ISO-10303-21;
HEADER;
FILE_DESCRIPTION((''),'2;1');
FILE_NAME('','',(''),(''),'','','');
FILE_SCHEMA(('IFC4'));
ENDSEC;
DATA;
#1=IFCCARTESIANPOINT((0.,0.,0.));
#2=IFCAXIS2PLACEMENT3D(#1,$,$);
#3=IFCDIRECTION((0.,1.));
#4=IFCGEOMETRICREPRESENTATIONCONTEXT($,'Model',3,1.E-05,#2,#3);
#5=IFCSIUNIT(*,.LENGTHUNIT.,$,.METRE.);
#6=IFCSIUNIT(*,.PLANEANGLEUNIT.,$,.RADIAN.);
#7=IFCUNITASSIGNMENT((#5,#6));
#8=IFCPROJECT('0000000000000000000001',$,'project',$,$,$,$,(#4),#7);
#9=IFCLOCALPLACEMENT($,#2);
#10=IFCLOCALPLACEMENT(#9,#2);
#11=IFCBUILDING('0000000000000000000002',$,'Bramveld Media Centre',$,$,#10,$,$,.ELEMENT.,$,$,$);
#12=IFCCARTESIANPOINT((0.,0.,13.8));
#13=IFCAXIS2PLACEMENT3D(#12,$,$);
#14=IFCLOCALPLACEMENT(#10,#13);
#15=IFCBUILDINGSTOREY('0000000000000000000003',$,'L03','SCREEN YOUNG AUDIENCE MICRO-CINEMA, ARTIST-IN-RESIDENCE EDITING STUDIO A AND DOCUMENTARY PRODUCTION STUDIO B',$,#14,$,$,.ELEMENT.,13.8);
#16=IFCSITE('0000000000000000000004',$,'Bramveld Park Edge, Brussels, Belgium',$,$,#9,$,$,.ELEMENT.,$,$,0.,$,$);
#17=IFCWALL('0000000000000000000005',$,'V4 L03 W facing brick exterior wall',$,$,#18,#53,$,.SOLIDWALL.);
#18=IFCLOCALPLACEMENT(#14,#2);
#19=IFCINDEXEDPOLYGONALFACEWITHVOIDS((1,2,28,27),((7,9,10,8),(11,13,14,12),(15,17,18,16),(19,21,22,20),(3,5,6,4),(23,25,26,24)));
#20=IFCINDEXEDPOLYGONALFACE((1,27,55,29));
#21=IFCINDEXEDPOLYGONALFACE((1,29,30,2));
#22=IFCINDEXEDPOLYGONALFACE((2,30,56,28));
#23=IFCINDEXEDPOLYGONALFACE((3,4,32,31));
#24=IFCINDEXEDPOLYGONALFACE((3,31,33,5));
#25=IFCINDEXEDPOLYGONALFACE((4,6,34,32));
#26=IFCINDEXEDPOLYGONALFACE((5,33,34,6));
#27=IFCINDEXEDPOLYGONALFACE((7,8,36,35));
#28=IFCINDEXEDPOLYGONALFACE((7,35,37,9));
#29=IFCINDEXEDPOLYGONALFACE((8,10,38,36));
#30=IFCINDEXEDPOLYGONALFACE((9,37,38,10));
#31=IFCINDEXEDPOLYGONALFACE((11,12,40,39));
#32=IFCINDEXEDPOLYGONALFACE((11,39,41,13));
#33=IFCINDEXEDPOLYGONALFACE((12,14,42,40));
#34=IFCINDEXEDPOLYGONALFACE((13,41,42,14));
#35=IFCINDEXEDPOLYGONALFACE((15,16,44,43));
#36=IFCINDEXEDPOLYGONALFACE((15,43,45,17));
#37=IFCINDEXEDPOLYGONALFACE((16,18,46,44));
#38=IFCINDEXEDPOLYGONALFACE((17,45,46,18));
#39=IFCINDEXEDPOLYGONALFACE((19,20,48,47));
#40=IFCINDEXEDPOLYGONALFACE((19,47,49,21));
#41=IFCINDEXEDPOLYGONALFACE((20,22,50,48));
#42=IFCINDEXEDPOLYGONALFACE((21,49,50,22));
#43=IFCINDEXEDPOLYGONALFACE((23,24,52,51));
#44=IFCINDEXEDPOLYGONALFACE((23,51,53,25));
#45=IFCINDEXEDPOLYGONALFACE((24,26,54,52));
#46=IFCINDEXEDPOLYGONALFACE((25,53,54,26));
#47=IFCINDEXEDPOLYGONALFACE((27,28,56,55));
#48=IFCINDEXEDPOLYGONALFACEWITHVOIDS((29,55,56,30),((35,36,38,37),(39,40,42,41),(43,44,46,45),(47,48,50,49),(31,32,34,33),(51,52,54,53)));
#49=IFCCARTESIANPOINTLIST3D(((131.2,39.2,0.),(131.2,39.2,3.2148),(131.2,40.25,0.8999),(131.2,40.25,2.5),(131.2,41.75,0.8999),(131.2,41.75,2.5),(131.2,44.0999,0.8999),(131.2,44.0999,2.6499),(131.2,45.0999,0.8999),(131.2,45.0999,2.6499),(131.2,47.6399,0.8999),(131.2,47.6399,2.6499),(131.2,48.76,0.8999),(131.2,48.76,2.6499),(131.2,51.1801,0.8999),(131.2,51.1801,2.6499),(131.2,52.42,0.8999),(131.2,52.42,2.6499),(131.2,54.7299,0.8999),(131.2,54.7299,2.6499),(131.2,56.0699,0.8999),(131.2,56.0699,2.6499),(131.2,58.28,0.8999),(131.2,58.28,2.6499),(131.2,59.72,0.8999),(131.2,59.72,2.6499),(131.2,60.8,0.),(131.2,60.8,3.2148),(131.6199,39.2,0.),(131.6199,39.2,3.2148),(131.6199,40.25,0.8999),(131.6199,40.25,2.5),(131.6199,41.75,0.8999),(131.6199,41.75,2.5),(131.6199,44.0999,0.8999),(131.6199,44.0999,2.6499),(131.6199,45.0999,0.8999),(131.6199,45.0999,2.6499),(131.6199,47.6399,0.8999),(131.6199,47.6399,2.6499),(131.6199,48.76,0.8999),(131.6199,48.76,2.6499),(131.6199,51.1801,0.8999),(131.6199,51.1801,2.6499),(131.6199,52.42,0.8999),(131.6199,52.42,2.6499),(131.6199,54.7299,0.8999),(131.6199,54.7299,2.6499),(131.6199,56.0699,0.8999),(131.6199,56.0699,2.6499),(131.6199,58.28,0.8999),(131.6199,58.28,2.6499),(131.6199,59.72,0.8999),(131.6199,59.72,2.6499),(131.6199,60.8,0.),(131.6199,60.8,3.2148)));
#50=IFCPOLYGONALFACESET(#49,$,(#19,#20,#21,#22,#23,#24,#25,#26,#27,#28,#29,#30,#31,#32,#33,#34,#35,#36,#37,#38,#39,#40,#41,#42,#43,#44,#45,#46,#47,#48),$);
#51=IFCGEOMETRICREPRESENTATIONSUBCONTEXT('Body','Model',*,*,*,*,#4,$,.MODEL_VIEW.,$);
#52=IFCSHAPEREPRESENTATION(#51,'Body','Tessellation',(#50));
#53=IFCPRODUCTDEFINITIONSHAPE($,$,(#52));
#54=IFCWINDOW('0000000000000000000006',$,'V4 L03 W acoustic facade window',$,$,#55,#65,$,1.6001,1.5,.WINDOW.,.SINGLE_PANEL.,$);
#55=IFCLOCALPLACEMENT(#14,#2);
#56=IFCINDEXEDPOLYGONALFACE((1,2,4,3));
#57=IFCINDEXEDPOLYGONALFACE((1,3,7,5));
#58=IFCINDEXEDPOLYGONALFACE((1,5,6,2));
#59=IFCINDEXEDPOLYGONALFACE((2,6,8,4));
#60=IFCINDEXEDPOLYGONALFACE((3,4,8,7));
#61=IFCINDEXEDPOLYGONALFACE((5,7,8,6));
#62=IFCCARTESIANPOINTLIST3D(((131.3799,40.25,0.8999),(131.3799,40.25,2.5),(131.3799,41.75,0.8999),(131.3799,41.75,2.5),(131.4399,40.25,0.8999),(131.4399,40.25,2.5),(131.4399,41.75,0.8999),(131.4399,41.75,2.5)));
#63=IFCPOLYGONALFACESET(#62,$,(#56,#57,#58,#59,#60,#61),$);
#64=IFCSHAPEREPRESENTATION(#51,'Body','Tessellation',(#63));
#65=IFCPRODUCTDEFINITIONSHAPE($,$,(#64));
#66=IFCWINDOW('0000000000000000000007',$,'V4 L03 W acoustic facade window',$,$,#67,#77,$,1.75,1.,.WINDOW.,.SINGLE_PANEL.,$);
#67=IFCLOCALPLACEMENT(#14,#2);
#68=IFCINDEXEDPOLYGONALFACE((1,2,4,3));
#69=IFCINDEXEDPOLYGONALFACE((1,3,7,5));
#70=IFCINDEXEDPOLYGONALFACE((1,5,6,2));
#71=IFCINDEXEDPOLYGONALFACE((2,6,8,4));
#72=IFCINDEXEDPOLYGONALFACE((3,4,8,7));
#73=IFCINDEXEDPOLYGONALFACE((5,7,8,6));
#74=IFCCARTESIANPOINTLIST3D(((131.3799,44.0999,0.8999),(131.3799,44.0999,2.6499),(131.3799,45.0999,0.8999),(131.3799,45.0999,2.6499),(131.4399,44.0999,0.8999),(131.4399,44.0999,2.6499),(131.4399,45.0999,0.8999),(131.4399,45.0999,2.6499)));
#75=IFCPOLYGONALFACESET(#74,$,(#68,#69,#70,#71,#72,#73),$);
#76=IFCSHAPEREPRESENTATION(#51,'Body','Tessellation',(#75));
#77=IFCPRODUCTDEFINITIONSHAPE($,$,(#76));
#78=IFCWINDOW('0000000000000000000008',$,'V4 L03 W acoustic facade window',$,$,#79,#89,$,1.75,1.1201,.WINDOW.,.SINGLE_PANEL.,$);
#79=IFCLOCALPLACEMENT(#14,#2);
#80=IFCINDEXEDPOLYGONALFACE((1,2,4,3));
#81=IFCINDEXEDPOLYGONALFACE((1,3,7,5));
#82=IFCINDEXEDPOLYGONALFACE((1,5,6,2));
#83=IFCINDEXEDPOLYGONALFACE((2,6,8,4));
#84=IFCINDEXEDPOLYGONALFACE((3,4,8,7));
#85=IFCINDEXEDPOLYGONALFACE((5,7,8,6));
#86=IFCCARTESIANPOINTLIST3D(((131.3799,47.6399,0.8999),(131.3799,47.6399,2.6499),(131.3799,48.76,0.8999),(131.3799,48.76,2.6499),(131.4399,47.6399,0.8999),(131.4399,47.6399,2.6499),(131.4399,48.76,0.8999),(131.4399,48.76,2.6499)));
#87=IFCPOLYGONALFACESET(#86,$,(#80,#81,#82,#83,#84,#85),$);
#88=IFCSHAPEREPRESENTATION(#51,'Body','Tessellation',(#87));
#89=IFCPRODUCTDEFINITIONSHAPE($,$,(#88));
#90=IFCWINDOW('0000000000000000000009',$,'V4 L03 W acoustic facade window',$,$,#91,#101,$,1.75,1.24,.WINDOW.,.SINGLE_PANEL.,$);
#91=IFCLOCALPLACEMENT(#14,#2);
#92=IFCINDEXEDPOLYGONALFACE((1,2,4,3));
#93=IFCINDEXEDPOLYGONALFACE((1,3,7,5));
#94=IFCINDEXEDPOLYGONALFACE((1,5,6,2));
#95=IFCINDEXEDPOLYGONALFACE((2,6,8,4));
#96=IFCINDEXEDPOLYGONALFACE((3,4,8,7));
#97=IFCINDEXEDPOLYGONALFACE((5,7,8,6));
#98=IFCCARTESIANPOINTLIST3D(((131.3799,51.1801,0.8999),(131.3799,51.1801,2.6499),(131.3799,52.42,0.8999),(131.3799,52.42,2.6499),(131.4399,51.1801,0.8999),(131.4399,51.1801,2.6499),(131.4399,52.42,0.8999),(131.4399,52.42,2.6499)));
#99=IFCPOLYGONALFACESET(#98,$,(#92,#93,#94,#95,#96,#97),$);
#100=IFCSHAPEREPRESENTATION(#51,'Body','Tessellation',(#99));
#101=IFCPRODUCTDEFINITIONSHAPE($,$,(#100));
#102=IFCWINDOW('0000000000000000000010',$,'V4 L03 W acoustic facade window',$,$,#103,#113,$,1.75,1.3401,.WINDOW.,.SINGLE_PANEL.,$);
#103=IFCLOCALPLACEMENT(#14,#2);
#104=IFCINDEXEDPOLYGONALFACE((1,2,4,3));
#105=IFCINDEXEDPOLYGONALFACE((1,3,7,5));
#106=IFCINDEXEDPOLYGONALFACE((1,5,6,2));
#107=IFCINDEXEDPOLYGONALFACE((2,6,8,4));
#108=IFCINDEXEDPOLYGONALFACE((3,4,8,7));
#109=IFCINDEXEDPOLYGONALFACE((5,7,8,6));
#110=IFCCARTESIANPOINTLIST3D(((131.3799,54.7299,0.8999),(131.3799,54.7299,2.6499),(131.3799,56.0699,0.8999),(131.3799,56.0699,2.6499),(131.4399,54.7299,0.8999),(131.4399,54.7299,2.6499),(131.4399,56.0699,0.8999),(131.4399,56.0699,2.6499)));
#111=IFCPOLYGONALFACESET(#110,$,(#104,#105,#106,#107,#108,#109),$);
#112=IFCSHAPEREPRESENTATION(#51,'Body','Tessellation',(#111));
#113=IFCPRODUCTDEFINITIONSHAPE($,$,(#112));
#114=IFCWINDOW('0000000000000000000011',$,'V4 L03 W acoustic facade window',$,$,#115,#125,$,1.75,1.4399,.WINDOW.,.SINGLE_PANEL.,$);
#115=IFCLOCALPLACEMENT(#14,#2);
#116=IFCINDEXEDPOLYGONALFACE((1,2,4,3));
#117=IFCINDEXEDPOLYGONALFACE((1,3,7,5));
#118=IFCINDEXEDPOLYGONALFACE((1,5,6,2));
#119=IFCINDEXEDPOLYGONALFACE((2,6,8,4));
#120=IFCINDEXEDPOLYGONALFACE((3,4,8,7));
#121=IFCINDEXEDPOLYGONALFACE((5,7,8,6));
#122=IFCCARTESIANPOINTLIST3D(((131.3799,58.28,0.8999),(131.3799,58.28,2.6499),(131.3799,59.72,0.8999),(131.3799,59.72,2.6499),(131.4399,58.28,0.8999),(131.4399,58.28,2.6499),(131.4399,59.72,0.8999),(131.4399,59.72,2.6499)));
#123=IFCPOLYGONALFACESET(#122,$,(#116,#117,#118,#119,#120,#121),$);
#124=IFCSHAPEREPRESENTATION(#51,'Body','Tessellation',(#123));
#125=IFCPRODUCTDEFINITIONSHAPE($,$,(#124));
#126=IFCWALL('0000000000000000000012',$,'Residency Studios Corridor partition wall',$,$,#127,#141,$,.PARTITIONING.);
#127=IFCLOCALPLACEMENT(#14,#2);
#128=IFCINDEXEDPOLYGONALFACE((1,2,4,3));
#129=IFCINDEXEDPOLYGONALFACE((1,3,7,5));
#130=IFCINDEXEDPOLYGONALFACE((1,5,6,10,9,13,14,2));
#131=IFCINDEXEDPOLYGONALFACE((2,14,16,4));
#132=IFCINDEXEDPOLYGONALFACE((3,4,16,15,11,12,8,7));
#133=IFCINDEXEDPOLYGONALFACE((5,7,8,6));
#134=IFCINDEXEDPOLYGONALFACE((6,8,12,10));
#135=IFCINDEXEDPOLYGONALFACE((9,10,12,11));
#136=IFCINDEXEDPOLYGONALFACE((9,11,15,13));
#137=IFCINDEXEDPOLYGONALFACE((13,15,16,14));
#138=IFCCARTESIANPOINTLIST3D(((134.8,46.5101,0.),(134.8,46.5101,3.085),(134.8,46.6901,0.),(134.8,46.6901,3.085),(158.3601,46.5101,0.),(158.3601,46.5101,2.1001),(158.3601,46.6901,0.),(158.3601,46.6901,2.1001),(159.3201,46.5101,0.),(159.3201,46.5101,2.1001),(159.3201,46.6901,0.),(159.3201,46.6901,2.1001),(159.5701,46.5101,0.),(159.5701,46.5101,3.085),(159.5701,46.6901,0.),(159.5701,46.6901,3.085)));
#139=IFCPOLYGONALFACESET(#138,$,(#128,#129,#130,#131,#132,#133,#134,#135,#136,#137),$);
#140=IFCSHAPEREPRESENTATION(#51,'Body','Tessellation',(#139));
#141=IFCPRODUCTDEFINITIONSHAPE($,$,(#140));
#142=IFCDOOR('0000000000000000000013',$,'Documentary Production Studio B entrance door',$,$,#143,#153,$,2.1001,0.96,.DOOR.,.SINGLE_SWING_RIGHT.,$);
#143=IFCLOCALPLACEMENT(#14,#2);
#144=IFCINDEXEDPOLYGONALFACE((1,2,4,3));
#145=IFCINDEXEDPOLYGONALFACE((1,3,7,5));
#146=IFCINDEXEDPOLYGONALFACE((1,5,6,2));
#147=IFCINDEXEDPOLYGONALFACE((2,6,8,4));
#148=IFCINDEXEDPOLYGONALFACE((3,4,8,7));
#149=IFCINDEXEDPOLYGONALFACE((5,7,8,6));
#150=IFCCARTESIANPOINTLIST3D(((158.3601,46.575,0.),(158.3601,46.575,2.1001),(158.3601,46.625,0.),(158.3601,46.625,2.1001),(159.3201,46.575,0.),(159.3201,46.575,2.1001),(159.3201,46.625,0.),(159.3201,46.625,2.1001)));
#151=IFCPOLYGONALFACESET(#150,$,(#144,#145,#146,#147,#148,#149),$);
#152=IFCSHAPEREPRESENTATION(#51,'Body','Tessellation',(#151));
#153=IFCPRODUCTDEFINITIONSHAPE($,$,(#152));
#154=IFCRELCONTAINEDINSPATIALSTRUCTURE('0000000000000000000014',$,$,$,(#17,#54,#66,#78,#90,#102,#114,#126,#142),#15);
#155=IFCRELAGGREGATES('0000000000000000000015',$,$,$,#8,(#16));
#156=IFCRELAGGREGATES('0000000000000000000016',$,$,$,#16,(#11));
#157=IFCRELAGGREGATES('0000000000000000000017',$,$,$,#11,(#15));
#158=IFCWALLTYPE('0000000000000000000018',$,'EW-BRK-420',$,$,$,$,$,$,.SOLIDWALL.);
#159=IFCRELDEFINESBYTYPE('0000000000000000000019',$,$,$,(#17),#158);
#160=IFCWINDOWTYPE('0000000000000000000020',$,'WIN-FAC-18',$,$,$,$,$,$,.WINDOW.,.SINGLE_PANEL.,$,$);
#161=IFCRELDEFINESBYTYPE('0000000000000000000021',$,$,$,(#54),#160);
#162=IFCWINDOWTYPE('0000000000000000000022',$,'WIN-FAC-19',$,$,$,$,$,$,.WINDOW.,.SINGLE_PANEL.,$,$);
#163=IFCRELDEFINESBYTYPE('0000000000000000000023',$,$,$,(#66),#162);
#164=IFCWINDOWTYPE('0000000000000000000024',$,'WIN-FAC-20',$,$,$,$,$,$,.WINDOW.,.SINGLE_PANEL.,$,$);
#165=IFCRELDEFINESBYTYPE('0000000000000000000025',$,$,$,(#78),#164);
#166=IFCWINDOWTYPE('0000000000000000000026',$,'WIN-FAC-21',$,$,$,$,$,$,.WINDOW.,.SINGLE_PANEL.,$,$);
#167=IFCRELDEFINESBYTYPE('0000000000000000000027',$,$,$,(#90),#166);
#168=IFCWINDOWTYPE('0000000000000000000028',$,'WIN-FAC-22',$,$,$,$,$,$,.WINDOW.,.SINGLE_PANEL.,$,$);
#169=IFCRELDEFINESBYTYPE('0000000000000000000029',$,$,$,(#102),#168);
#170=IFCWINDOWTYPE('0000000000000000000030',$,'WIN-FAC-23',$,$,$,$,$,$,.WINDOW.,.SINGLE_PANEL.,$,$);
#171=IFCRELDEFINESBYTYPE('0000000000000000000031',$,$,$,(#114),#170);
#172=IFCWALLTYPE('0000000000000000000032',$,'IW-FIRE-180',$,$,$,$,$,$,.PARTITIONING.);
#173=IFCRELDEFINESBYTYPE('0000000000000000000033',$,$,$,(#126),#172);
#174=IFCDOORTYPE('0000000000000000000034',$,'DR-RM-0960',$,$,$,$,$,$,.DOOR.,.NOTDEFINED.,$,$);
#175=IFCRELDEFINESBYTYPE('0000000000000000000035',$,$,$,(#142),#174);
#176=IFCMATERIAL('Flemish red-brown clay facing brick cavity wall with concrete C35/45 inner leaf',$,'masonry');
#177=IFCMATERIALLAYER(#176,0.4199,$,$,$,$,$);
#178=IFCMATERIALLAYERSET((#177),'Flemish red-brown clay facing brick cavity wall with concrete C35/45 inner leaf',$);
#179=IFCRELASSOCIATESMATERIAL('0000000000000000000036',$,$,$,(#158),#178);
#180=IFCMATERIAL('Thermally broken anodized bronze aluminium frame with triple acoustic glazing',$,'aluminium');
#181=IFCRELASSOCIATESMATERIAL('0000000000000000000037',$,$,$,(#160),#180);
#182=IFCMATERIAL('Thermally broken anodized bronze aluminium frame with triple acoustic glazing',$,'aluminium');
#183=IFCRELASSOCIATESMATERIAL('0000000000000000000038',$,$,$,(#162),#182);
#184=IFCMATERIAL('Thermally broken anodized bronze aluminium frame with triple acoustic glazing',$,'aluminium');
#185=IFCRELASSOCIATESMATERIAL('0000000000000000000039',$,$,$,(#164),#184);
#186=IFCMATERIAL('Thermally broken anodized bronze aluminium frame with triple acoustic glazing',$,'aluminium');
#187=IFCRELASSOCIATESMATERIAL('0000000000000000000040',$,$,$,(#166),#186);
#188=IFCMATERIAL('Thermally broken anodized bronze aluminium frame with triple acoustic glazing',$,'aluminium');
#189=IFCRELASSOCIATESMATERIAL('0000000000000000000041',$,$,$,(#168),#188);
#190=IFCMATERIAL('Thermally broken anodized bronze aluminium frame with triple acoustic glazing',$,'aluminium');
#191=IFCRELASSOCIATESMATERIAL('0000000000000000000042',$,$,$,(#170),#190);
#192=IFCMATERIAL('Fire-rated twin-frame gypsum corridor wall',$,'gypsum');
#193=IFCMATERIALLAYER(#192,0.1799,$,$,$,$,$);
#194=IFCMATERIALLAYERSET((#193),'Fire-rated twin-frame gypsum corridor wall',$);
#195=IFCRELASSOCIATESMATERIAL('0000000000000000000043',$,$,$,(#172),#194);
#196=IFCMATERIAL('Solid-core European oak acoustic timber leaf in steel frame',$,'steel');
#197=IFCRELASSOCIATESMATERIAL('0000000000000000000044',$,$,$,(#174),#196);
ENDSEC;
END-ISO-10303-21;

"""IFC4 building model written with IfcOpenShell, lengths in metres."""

from ifc_helpers import new_model, si_unit, direction, frame, frame_2d, origin, place, context, subcontext, project, spatial, rectangle, extrude, material, layer, layer_set, type_object, element, fill, save


model = new_model("IFC4")

# Units and contexts
model_context = context("Model", 3, precision=1e-05, world=origin(), true_north=direction((0.0, 1.0)))
body_context = subcontext(model_context, "Body", "Model", "MODEL_VIEW")
ifc_project = project(units=[si_unit("LENGTHUNIT", "METRE"), si_unit("PLANEANGLEUNIT", "RADIAN")], contexts=[model_context])

# Site, building, storey
site_placement = place(None, origin())
site = spatial("IfcSite", under=ifc_project, at=site_placement, Name="Bramveld Park Edge, Brussels, Belgium", CompositionType="ELEMENT", RefElevation=0.0)
building_placement = place(site_placement, origin())
building = spatial("IfcBuilding", under=site, at=building_placement, Name="Bramveld Media Centre", CompositionType="ELEMENT")
storey_placement = place(building_placement, frame((0.0, 0.0, 13.8)))
storey = spatial("IfcBuildingStorey", under=building, at=storey_placement, Name="L03", Description="SCREEN YOUNG AUDIENCE MICRO-CINEMA, ARTIST-IN-RESIDENCE EDITING STUDIO A AND DOCUMENTARY PRODUCTION STUDIO B", CompositionType="ELEMENT", Elevation=13.8)

# Wall, openings, windows
ifc_material_1 = material(Name="Flemish red-brown clay facing brick cavity wall with concrete C35/45 inner leaf", Category="masonry")
ifc_layer_1 = layer(ifc_material_1, 0.4199)
ifc_layer_set_1 = layer_set([ifc_layer_1], Name="Flemish red-brown clay facing brick cavity wall with concrete C35/45 inner leaf")
wall_type_1 = type_object("IfcWallType", Name="EW-BRK-420", PredefinedType="SOLIDWALL", material=ifc_layer_set_1)
wall_1_placement = place(storey_placement, frame((131.4099, 39.2, 0.0), z_axis=(0.0, 0.0, 1.0), x_axis=(0.0, 1.0, 0.0)))
wall_1 = element("IfcWall", 1, at=wall_1_placement, inside=storey, type_object=wall_type_1, Name="V4 L03 W facing brick exterior wall", PredefinedType="SOLIDWALL", context=body_context, shape_type="SweptSolid", body=[
    extrude(rectangle(XDim=21.6001, YDim=0.4199, at=frame_2d((10.8, 0.0))), origin(), (0.0, 0.0, 1.0), 3.2148),
])
opening_1_placement = place(wall_1_placement, frame((1.05, 0.0, 0.8999)))
opening_1 = element("IfcOpeningElement", 2, at=opening_1_placement, cuts=wall_1, PredefinedType="OPENING", context=body_context, shape_type="SweptSolid", body=[
    extrude(rectangle(XDim=1.5, YDim=1.6001, at=frame_2d((0.75, 0.8))), frame((0.0, 0.2219, 0.0), z_axis=(0.0, -1.0, 0.0), x_axis=(1.0, 0.0, 0.0)), (0.0, 0.0, 1.0), 0.4438),
])
opening_2_placement = place(wall_1_placement, frame((4.8999, 0.0, 0.8999)))
opening_2 = element("IfcOpeningElement", 3, at=opening_2_placement, cuts=wall_1, PredefinedType="OPENING", context=body_context, shape_type="SweptSolid", body=[
    extrude(rectangle(XDim=1.0, YDim=1.75, at=frame_2d((0.5, 0.875))), frame((0.0, 0.2219, 0.0), z_axis=(0.0, -1.0, 0.0), x_axis=(1.0, 0.0, 0.0)), (0.0, 0.0, 1.0), 0.4438),
])
opening_3_placement = place(wall_1_placement, frame((8.4399, 0.0, 0.8999)))
opening_3 = element("IfcOpeningElement", 4, at=opening_3_placement, cuts=wall_1, PredefinedType="OPENING", context=body_context, shape_type="SweptSolid", body=[
    extrude(rectangle(XDim=1.1201, YDim=1.75, at=frame_2d((0.5601, 0.875))), frame((0.0, 0.2219, 0.0), z_axis=(0.0, -1.0, 0.0), x_axis=(1.0, 0.0, 0.0)), (0.0, 0.0, 1.0), 0.4438),
])
opening_4_placement = place(wall_1_placement, frame((11.98, 0.0, 0.8999)))
opening_4 = element("IfcOpeningElement", 5, at=opening_4_placement, cuts=wall_1, PredefinedType="OPENING", context=body_context, shape_type="SweptSolid", body=[
    extrude(rectangle(XDim=1.24, YDim=1.75, at=frame_2d((0.6201, 0.875))), frame((0.0, 0.2219, 0.0), z_axis=(0.0, -1.0, 0.0), x_axis=(1.0, 0.0, 0.0)), (0.0, 0.0, 1.0), 0.4438),
])
opening_5_placement = place(wall_1_placement, frame((15.53, 0.0, 0.8999)))
opening_5 = element("IfcOpeningElement", 6, at=opening_5_placement, cuts=wall_1, PredefinedType="OPENING", context=body_context, shape_type="SweptSolid", body=[
    extrude(rectangle(XDim=1.3401, YDim=1.75, at=frame_2d((0.6699, 0.875))), frame((0.0, 0.2219, 0.0), z_axis=(0.0, -1.0, 0.0), x_axis=(1.0, 0.0, 0.0)), (0.0, 0.0, 1.0), 0.4438),
])
opening_6_placement = place(wall_1_placement, frame((19.0801, 0.0, 0.8999)))
opening_6 = element("IfcOpeningElement", 7, at=opening_6_placement, cuts=wall_1, PredefinedType="OPENING", context=body_context, shape_type="SweptSolid", body=[
    extrude(rectangle(XDim=1.4399, YDim=1.75, at=frame_2d((0.72, 0.875))), frame((0.0, 0.2219, 0.0), z_axis=(0.0, -1.0, 0.0), x_axis=(1.0, 0.0, 0.0)), (0.0, 0.0, 1.0), 0.4438),
])
ifc_material_2 = material(Name="Thermally broken anodized bronze aluminium frame with triple acoustic glazing", Category="aluminium")
window_type_1 = type_object("IfcWindowType", Name="WIN-FAC-18", PartitioningType="SINGLE_PANEL", PredefinedType="WINDOW", material=ifc_material_2)
window_1_placement = place(opening_1_placement, origin())
window_1 = element("IfcWindow", 8, at=window_1_placement, inside=storey, type_object=window_type_1, Name="V4 L03 W acoustic facade window", OverallHeight=1.6001, OverallWidth=1.5, PartitioningType="SINGLE_PANEL", PredefinedType="WINDOW", context=body_context, shape_type="SweptSolid", body=[
    extrude(rectangle(XDim=1.5, YDim=1.6001, at=frame_2d((0.75, 0.8))), frame((0.0, 0.03, 0.0), z_axis=(0.0, -1.0, 0.0), x_axis=(1.0, 0.0, 0.0)), (0.0, 0.0, 1.0), 0.0601),
])
fill(opening_1, window_1)
ifc_material_3 = material(Name="Thermally broken anodized bronze aluminium frame with triple acoustic glazing", Category="aluminium")
window_type_2 = type_object("IfcWindowType", Name="WIN-FAC-19", PartitioningType="SINGLE_PANEL", PredefinedType="WINDOW", material=ifc_material_3)
window_2_placement = place(opening_2_placement, origin())
window_2 = element("IfcWindow", 9, at=window_2_placement, inside=storey, type_object=window_type_2, Name="V4 L03 W acoustic facade window", OverallHeight=1.75, OverallWidth=1.0, PartitioningType="SINGLE_PANEL", PredefinedType="WINDOW", context=body_context, shape_type="SweptSolid", body=[
    extrude(rectangle(XDim=1.0, YDim=1.75, at=frame_2d((0.5, 0.875))), frame((0.0, 0.03, 0.0), z_axis=(0.0, -1.0, 0.0), x_axis=(1.0, 0.0, 0.0)), (0.0, 0.0, 1.0), 0.0601),
])
fill(opening_2, window_2)
ifc_material_4 = material(Name="Thermally broken anodized bronze aluminium frame with triple acoustic glazing", Category="aluminium")
window_type_3 = type_object("IfcWindowType", Name="WIN-FAC-20", PartitioningType="SINGLE_PANEL", PredefinedType="WINDOW", material=ifc_material_4)
window_3_placement = place(opening_3_placement, origin())
window_3 = element("IfcWindow", 10, at=window_3_placement, inside=storey, type_object=window_type_3, Name="V4 L03 W acoustic facade window", OverallHeight=1.75, OverallWidth=1.1201, PartitioningType="SINGLE_PANEL", PredefinedType="WINDOW", context=body_context, shape_type="SweptSolid", body=[
    extrude(rectangle(XDim=1.1201, YDim=1.75, at=frame_2d((0.5601, 0.875))), frame((0.0, 0.03, 0.0), z_axis=(0.0, -1.0, 0.0), x_axis=(1.0, 0.0, 0.0)), (0.0, 0.0, 1.0), 0.0601),
])
fill(opening_3, window_3)
ifc_material_5 = material(Name="Thermally broken anodized bronze aluminium frame with triple acoustic glazing", Category="aluminium")
window_type_4 = type_object("IfcWindowType", Name="WIN-FAC-21", PartitioningType="SINGLE_PANEL", PredefinedType="WINDOW", material=ifc_material_5)
window_4_placement = place(opening_4_placement, origin())
window_4 = element("IfcWindow", 11, at=window_4_placement, inside=storey, type_object=window_type_4, Name="V4 L03 W acoustic facade window", OverallHeight=1.75, OverallWidth=1.24, PartitioningType="SINGLE_PANEL", PredefinedType="WINDOW", context=body_context, shape_type="SweptSolid", body=[
    extrude(rectangle(XDim=1.24, YDim=1.75, at=frame_2d((0.6201, 0.875))), frame((0.0, 0.03, 0.0), z_axis=(0.0, -1.0, 0.0), x_axis=(1.0, 0.0, 0.0)), (0.0, 0.0, 1.0), 0.0601),
])
fill(opening_4, window_4)
ifc_material_6 = material(Name="Thermally broken anodized bronze aluminium frame with triple acoustic glazing", Category="aluminium")
window_type_5 = type_object("IfcWindowType", Name="WIN-FAC-22", PartitioningType="SINGLE_PANEL", PredefinedType="WINDOW", material=ifc_material_6)
window_5_placement = place(opening_5_placement, origin())
window_5 = element("IfcWindow", 12, at=window_5_placement, inside=storey, type_object=window_type_5, Name="V4 L03 W acoustic facade window", OverallHeight=1.75, OverallWidth=1.3401, PartitioningType="SINGLE_PANEL", PredefinedType="WINDOW", context=body_context, shape_type="SweptSolid", body=[
    extrude(rectangle(XDim=1.3401, YDim=1.75, at=frame_2d((0.6699, 0.875))), frame((0.0, 0.03, 0.0), z_axis=(0.0, -1.0, 0.0), x_axis=(1.0, 0.0, 0.0)), (0.0, 0.0, 1.0), 0.0601),
])
fill(opening_5, window_5)
ifc_material_7 = material(Name="Thermally broken anodized bronze aluminium frame with triple acoustic glazing", Category="aluminium")
window_type_6 = type_object("IfcWindowType", Name="WIN-FAC-23", PartitioningType="SINGLE_PANEL", PredefinedType="WINDOW", material=ifc_material_7)
window_6_placement = place(opening_6_placement, origin())
window_6 = element("IfcWindow", 13, at=window_6_placement, inside=storey, type_object=window_type_6, Name="V4 L03 W acoustic facade window", OverallHeight=1.75, OverallWidth=1.4399, PartitioningType="SINGLE_PANEL", PredefinedType="WINDOW", context=body_context, shape_type="SweptSolid", body=[
    extrude(rectangle(XDim=1.4399, YDim=1.75, at=frame_2d((0.72, 0.875))), frame((0.0, 0.03, 0.0), z_axis=(0.0, -1.0, 0.0), x_axis=(1.0, 0.0, 0.0)), (0.0, 0.0, 1.0), 0.0601),
])
fill(opening_6, window_6)

# Wall, opening, door
ifc_material_8 = material(Name="Fire-rated twin-frame gypsum corridor wall", Category="gypsum")
ifc_layer_2 = layer(ifc_material_8, 0.1799)
ifc_layer_set_2 = layer_set([ifc_layer_2], Name="Fire-rated twin-frame gypsum corridor wall")
wall_type_2 = type_object("IfcWallType", Name="IW-FIRE-180", PredefinedType="PARTITIONING", material=ifc_layer_set_2)
wall_2_placement = place(storey_placement, frame((134.8, 46.6001, 0.0), z_axis=(0.0, 0.0, 1.0), x_axis=(1.0, 0.0, 0.0)))
wall_2 = element("IfcWall", 14, at=wall_2_placement, inside=storey, type_object=wall_type_2, Name="Residency Studios Corridor partition wall", PredefinedType="PARTITIONING", context=body_context, shape_type="SweptSolid", body=[
    extrude(rectangle(XDim=24.77, YDim=0.1799, at=frame_2d((12.385, 0.0))), origin(), (0.0, 0.0, 1.0), 3.085),
])
opening_7_placement = place(wall_2_placement, frame((23.5601, 0.0, 0.0)))
opening_7 = element("IfcOpeningElement", 15, at=opening_7_placement, cuts=wall_2, PredefinedType="OPENING", context=body_context, shape_type="SweptSolid", body=[
    extrude(rectangle(XDim=0.96, YDim=2.1001, at=frame_2d((0.48, 1.05))), frame((0.0, 0.1021, 0.0), z_axis=(0.0, -1.0, 0.0), x_axis=(1.0, 0.0, 0.0)), (0.0, 0.0, 1.0), 0.2039),
])
ifc_material_9 = material(Name="Solid-core European oak acoustic timber leaf in steel frame", Category="steel")
door_type_1 = type_object("IfcDoorType", Name="DR-RM-0960", OperationType="NOTDEFINED", PredefinedType="DOOR", material=ifc_material_9)
door_1_placement = place(opening_7_placement, origin())
door_1 = element("IfcDoor", 16, at=door_1_placement, inside=storey, type_object=door_type_1, Name="Documentary Production Studio B entrance door", OperationType="SINGLE_SWING_RIGHT", OverallHeight=2.1001, OverallWidth=0.96, PredefinedType="DOOR", context=body_context, shape_type="SweptSolid", body=[
    extrude(rectangle(XDim=0.96, YDim=2.1001, at=frame_2d((0.48, 1.05))), frame((0.0, 0.0249, 0.0), z_axis=(0.0, -1.0, 0.0), x_axis=(1.0, 0.0, 0.0)), (0.0, 0.0, 1.0), 0.05),
])
fill(opening_7, door_1)

save(model, "model.ifc")
